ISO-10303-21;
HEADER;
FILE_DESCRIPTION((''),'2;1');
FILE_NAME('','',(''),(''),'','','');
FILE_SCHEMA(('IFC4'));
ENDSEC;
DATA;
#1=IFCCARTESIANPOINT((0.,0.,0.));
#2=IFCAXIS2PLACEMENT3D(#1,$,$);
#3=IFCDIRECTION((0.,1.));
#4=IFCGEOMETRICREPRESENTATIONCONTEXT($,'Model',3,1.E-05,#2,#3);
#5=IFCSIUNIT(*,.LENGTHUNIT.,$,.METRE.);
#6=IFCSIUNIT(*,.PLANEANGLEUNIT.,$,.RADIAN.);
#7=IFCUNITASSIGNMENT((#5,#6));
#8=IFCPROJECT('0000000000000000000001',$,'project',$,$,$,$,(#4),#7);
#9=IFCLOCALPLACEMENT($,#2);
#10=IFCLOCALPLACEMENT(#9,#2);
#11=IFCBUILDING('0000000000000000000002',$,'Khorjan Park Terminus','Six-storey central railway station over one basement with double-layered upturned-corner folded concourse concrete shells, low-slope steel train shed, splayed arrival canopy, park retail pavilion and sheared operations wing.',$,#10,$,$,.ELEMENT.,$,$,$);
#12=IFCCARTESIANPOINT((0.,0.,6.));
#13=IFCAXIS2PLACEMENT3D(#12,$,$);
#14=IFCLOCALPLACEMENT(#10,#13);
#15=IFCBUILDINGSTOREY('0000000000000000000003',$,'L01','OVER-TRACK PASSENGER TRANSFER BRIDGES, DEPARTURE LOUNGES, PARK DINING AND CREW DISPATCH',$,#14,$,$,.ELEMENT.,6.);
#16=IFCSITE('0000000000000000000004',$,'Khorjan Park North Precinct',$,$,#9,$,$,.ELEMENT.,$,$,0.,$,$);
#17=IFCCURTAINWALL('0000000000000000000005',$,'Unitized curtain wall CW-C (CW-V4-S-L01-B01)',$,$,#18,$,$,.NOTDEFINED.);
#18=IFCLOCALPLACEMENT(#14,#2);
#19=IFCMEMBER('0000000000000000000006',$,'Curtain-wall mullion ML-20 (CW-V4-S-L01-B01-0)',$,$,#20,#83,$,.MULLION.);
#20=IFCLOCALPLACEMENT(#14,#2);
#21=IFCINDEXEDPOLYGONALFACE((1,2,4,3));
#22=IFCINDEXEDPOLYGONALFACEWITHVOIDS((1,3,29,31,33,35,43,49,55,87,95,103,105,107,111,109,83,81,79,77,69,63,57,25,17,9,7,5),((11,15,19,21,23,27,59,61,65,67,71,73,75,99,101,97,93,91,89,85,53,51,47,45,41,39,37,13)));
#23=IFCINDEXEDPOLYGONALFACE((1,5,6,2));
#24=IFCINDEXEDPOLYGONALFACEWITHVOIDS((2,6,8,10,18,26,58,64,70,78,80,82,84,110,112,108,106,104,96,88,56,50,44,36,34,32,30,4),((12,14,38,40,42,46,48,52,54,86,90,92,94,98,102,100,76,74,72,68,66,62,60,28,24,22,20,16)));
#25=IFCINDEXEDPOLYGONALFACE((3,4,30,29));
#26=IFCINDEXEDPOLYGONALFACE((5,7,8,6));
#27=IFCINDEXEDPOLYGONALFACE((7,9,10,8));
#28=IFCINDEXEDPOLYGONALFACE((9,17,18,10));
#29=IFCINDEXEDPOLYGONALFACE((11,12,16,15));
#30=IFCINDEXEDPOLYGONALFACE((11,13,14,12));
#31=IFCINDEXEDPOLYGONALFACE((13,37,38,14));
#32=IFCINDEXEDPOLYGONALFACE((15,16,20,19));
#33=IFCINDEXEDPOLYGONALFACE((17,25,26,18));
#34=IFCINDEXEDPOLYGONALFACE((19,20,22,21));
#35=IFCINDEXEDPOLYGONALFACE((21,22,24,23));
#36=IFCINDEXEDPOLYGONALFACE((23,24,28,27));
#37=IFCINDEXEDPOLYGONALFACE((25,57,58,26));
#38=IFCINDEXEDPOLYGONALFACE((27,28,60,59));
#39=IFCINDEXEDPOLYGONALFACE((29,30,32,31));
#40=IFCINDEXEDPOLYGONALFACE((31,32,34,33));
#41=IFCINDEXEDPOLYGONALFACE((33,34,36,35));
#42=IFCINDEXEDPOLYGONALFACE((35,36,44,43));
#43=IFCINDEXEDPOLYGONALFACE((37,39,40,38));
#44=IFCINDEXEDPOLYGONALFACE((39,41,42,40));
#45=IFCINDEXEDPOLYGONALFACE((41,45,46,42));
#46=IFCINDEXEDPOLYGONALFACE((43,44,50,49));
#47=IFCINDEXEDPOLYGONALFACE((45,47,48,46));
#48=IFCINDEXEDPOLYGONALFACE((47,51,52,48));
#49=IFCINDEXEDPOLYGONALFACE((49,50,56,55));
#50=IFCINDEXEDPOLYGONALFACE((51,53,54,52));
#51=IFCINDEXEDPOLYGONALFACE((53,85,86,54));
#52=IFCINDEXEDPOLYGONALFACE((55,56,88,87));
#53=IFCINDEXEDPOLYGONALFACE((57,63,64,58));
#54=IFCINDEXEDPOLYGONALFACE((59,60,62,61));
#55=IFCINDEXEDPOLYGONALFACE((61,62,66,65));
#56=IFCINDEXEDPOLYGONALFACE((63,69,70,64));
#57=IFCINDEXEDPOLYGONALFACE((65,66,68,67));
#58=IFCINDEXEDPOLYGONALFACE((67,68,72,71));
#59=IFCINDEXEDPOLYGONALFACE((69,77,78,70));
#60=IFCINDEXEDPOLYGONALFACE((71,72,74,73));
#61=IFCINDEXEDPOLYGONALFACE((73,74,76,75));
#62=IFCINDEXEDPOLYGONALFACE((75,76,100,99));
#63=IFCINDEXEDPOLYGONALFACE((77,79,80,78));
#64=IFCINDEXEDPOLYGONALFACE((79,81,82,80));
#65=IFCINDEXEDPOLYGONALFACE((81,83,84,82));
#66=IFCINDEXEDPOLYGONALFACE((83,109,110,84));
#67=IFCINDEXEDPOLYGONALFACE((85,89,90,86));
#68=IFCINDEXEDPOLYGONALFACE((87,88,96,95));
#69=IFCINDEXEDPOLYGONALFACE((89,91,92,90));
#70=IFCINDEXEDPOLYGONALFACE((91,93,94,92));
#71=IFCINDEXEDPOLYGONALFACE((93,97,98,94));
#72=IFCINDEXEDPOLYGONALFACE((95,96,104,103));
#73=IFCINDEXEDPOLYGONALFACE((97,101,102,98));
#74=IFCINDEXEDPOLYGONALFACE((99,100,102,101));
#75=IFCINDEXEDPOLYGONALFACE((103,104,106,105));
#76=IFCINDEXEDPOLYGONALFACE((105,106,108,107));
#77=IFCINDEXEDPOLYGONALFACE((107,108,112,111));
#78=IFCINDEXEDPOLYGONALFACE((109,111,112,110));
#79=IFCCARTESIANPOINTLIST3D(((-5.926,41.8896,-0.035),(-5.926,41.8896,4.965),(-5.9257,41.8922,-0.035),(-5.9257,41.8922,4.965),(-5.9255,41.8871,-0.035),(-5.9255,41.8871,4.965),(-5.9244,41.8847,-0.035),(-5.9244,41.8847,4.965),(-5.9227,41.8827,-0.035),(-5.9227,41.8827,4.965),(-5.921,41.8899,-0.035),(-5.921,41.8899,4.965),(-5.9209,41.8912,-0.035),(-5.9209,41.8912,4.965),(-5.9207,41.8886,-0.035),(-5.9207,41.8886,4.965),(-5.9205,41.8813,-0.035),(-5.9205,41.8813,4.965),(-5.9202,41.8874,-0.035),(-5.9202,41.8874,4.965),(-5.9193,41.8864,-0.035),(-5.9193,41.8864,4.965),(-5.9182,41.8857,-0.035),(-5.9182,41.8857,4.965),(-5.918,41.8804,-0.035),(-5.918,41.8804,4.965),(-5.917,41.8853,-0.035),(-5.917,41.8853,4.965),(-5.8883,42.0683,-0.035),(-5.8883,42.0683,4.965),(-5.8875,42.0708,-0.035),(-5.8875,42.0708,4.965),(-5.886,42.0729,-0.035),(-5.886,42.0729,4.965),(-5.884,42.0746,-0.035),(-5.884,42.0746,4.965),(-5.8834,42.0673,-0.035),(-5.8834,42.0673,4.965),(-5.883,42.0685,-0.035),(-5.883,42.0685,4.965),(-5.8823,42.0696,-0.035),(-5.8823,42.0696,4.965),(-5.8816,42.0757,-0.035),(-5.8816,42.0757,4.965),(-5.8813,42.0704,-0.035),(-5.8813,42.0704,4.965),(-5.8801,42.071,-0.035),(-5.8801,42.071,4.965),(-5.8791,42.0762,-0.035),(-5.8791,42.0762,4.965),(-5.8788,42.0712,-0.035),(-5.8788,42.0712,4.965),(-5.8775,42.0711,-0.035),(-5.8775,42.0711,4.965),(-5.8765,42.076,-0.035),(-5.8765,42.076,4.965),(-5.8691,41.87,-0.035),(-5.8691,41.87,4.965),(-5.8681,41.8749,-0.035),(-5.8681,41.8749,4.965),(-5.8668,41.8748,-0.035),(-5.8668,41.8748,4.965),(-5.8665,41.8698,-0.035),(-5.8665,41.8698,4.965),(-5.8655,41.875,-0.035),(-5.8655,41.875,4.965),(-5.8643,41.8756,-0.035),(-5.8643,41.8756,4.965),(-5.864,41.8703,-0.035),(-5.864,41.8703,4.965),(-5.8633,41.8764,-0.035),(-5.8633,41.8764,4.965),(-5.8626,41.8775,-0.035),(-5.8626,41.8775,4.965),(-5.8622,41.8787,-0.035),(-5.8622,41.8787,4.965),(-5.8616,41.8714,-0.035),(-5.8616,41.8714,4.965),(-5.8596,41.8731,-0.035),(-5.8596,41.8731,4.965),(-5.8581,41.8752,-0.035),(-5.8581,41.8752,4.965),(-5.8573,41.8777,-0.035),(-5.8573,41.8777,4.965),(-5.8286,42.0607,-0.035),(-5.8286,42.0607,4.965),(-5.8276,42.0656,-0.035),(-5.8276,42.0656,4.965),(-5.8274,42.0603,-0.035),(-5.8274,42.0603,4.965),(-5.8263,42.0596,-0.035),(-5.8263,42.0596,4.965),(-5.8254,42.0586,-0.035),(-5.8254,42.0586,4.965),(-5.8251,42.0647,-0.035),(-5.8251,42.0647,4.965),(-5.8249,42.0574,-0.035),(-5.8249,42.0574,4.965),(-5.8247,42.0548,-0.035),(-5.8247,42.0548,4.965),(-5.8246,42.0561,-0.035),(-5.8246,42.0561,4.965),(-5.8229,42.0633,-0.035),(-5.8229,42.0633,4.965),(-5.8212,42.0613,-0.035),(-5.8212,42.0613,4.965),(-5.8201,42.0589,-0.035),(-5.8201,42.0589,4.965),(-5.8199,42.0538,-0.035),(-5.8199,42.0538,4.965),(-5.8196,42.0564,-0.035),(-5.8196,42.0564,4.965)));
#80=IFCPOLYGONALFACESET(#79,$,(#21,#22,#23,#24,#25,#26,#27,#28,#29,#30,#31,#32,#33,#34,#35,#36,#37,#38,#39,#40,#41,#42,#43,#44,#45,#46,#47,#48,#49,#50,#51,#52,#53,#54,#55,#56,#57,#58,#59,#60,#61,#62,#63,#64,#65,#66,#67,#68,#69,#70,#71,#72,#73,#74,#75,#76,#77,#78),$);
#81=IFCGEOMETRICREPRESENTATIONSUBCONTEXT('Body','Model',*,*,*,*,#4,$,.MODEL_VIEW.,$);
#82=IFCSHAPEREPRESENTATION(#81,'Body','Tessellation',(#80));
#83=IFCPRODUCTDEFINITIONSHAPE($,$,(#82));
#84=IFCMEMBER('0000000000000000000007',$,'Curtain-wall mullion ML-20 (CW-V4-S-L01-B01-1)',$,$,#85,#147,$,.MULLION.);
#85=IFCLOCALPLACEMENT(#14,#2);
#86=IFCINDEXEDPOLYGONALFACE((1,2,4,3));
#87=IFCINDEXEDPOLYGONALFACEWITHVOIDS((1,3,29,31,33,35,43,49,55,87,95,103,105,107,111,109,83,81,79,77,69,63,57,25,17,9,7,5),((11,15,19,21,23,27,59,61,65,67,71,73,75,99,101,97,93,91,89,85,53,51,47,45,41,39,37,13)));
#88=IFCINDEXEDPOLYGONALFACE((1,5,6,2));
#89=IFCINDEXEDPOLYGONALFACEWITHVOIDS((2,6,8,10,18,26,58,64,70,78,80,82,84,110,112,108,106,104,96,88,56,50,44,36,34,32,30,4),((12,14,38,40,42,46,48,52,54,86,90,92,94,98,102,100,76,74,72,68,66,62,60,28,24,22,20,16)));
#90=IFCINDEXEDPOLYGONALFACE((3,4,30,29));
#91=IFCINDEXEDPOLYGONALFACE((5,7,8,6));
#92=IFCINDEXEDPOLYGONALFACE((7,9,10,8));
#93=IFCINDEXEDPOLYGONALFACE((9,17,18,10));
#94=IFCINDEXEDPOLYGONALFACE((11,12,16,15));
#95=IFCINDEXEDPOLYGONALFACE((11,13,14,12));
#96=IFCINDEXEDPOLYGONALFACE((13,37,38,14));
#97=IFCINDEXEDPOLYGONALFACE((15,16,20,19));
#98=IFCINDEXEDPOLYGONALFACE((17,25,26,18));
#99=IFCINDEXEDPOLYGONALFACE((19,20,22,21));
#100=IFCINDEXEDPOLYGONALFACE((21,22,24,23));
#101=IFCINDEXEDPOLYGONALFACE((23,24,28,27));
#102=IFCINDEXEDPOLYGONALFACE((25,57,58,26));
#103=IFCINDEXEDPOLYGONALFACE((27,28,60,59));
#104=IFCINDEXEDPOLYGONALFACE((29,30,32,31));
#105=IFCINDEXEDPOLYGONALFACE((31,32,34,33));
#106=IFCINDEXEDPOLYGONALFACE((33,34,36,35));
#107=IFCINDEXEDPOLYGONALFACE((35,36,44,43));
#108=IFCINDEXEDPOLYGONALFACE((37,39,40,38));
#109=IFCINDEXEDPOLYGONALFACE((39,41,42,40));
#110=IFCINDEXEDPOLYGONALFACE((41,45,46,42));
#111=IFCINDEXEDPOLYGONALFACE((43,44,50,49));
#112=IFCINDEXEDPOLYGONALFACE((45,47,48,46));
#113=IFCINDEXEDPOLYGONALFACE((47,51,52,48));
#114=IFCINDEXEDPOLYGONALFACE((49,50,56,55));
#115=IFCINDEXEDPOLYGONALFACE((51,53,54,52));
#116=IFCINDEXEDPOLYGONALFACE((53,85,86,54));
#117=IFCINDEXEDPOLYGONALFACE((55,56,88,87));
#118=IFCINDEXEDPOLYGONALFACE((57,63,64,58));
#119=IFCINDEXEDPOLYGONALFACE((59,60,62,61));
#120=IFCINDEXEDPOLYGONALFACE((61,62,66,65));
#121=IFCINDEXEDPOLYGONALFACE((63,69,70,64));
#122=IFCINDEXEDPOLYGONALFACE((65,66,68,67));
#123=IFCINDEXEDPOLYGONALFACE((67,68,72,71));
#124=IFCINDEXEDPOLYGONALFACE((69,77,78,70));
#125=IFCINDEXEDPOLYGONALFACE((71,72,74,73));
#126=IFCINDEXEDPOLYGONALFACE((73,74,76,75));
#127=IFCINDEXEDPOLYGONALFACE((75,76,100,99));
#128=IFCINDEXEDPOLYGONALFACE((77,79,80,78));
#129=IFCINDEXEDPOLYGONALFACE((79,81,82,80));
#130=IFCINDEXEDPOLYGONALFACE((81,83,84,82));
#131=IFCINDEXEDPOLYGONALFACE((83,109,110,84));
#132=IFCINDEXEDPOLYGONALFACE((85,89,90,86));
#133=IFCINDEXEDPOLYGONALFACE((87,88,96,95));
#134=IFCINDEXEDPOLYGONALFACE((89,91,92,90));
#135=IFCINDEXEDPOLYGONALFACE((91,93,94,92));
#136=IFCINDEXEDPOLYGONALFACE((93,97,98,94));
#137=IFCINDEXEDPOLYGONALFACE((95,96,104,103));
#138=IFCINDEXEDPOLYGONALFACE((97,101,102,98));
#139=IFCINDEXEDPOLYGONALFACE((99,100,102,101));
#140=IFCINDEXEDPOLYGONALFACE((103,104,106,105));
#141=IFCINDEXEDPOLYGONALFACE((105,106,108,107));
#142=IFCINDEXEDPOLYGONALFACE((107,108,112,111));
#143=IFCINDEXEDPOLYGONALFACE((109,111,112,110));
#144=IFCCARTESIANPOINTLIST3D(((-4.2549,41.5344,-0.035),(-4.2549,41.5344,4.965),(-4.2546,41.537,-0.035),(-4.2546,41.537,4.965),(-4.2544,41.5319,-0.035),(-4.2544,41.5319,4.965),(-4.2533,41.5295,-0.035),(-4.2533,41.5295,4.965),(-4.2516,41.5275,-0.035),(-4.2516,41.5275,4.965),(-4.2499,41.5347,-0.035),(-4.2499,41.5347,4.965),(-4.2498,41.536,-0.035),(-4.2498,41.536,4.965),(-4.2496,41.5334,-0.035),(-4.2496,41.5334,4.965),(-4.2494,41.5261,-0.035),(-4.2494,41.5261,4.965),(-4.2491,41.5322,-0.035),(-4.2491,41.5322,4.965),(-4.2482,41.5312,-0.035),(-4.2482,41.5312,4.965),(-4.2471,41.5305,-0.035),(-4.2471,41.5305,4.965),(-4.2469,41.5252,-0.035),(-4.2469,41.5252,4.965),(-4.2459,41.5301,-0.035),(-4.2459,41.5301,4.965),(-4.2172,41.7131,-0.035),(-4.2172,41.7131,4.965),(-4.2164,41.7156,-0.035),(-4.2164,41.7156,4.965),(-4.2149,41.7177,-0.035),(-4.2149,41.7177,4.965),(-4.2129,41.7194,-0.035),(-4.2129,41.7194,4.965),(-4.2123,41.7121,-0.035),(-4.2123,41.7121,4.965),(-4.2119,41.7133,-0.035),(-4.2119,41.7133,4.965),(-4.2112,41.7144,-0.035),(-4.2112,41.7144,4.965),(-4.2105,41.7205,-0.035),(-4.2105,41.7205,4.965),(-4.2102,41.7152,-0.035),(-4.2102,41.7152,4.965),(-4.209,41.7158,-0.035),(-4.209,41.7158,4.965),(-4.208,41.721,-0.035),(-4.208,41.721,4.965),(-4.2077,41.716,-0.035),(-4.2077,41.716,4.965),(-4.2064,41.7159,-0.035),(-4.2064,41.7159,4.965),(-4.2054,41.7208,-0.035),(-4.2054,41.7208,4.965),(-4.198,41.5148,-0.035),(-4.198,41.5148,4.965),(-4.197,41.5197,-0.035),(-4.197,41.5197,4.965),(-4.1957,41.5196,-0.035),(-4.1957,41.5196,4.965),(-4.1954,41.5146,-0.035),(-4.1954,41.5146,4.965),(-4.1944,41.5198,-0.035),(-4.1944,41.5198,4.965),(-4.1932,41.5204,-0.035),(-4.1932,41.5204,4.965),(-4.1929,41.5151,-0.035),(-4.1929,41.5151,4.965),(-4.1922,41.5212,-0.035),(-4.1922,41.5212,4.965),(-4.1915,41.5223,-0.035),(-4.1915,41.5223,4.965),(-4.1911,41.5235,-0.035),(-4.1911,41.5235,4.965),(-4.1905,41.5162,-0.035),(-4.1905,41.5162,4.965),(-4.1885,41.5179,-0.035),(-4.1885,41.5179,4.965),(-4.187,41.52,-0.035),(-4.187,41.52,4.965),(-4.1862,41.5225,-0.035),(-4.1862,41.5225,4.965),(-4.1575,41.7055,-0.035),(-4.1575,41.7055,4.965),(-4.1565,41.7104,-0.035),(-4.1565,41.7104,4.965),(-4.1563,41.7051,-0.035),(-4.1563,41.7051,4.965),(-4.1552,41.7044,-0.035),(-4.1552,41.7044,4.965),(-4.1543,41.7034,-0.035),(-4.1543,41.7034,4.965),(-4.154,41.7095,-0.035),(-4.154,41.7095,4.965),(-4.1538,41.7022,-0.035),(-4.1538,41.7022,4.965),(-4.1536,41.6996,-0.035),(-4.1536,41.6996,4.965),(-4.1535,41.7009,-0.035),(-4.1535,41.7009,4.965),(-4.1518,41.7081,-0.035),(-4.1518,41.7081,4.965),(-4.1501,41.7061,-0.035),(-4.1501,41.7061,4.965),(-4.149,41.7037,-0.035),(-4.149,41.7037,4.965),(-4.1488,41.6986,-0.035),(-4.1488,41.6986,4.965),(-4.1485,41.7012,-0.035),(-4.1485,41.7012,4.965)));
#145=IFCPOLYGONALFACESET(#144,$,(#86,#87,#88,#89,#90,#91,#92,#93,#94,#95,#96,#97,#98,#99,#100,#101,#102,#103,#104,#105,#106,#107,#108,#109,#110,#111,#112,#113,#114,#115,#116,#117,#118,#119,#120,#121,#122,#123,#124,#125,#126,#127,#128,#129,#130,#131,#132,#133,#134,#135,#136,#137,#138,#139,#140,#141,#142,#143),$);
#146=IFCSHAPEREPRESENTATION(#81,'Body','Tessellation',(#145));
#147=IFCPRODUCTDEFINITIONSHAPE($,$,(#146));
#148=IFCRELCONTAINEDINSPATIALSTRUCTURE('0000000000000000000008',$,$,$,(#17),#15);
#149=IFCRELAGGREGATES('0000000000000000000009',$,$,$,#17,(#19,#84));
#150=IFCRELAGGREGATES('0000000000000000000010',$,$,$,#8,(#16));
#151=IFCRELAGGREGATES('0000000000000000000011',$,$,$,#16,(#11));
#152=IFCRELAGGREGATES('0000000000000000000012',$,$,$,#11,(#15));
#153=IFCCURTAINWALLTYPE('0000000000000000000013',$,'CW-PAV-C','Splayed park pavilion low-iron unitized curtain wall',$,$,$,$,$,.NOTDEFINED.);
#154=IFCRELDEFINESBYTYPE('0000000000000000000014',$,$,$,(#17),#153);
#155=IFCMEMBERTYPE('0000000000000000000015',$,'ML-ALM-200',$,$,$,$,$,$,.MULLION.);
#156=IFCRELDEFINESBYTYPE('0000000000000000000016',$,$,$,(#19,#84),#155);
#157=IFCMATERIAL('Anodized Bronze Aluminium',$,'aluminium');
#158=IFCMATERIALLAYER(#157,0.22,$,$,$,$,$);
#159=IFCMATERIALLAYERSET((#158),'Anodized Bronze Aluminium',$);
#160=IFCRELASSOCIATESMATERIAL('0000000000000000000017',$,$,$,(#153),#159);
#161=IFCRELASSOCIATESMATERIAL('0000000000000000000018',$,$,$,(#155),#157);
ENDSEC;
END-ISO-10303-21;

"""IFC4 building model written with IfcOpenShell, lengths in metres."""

from ifc_helpers import new_model, si_unit, direction, frame, origin, origin_2d, place, context, subcontext, project, spatial, hollow_rectangle, extrude, material, layer, layer_set, material_profile, profile_set, type_object, element, aggregate, save


model = new_model("IFC4")

# Units and contexts
model_context = context("Model", 3, precision=1e-05, world=origin(), true_north=direction((0.0, 1.0)))
body_context = subcontext(model_context, "Body", "Model", "MODEL_VIEW")
ifc_project = project(units=[si_unit("LENGTHUNIT", "METRE"), si_unit("PLANEANGLEUNIT", "RADIAN")], contexts=[model_context])

# Site, building, storey
site_placement = place(None, origin())
site = spatial("IfcSite", under=ifc_project, at=site_placement, Name="Khorjan Park North Precinct", CompositionType="ELEMENT", RefElevation=0.0)
building_placement = place(site_placement, origin())
building = spatial("IfcBuilding", under=site, at=building_placement, Name="Khorjan Park Terminus", Description="Six-storey central railway station over one basement with double-layered upturned-corner folded concourse concrete shells, low-slope steel train shed, splayed arrival canopy, park retail pavilion and sheared operations wing.", CompositionType="ELEMENT")
storey_placement = place(building_placement, frame((0.0, 0.0, 6.0)))
storey = spatial("IfcBuildingStorey", under=building, at=storey_placement, Name="L01", Description="OVER-TRACK PASSENGER TRANSFER BRIDGES, DEPARTURE LOUNGES, PARK DINING AND CREW DISPATCH", CompositionType="ELEMENT", Elevation=6.0)

# Curtain wall, members
ifc_material_1 = material(Name="Anodized Bronze Aluminium", Category="aluminium")
ifc_layer_1 = layer(ifc_material_1, 0.22)
ifc_layer_set_1 = layer_set([ifc_layer_1], Name="Anodized Bronze Aluminium")
curtain_wall_type = type_object("IfcCurtainWallType", Name="CW-PAV-C", Description="Splayed park pavilion low-iron unitized curtain wall", PredefinedType="NOTDEFINED", material=ifc_layer_set_1)
curtain_wall_1_placement = place(storey_placement, origin())
curtain_wall_1 = element("IfcCurtainWall", 1, at=curtain_wall_1_placement, inside=storey, type_object=curtain_wall_type, Name="Unitized curtain wall CW-C (CW-V4-S-L01-B01)", PredefinedType="NOTDEFINED")
ifc_material_profile_1 = material_profile(ifc_material_1, hollow_rectangle(XDim=0.07, YDim=0.2, WallThickness=0.005, InnerFilletRadius=0.005, OuterFilletRadius=0.01, at=origin_2d()), Name="ALM 70x200x5")
ifc_profile_set_1 = profile_set([ifc_material_profile_1], Name="Anodized Bronze Aluminium")
member_type_1 = type_object("IfcMemberType", Name="ML-ALM-200", PredefinedType="MULLION", material=ifc_profile_set_1)
member_1_placement = place(storey_placement, frame((-5.8728, 41.973, -0.035), z_axis=(0.0, 0.0, 1.0), x_axis=(0.978147, -0.207914, 0.0)))
member_1 = element("IfcMember", 2, at=member_1_placement, type_object=member_type_1, Name="Curtain-wall mullion ML-20 (CW-V4-S-L01-B01-0)", PredefinedType="MULLION", context=body_context, shape_type="SweptSolid", body=[
    extrude(hollow_rectangle(XDim=0.07, YDim=0.2, WallThickness=0.005, InnerFilletRadius=0.005, OuterFilletRadius=0.01, at=origin_2d()), origin(), (0.0, 0.0, 1.0), 5.0),
])
member_2_placement = place(storey_placement, frame((-4.2017, 41.6178, -0.035), z_axis=(0.0, 0.0, 1.0), x_axis=(0.978147, -0.207914, 0.0)))
member_2 = element("IfcMember", 3, at=member_2_placement, type_object=member_type_1, Name="Curtain-wall mullion ML-20 (CW-V4-S-L01-B01-1)", PredefinedType="MULLION", context=body_context, shape_type="SweptSolid", body=[
    extrude(hollow_rectangle(XDim=0.07, YDim=0.2, WallThickness=0.005, InnerFilletRadius=0.005, OuterFilletRadius=0.01, at=origin_2d()), origin(), (0.0, 0.0, 1.0), 5.0),
])

aggregate(curtain_wall_1, [member_1, member_2])

save(model, "model.ifc")
